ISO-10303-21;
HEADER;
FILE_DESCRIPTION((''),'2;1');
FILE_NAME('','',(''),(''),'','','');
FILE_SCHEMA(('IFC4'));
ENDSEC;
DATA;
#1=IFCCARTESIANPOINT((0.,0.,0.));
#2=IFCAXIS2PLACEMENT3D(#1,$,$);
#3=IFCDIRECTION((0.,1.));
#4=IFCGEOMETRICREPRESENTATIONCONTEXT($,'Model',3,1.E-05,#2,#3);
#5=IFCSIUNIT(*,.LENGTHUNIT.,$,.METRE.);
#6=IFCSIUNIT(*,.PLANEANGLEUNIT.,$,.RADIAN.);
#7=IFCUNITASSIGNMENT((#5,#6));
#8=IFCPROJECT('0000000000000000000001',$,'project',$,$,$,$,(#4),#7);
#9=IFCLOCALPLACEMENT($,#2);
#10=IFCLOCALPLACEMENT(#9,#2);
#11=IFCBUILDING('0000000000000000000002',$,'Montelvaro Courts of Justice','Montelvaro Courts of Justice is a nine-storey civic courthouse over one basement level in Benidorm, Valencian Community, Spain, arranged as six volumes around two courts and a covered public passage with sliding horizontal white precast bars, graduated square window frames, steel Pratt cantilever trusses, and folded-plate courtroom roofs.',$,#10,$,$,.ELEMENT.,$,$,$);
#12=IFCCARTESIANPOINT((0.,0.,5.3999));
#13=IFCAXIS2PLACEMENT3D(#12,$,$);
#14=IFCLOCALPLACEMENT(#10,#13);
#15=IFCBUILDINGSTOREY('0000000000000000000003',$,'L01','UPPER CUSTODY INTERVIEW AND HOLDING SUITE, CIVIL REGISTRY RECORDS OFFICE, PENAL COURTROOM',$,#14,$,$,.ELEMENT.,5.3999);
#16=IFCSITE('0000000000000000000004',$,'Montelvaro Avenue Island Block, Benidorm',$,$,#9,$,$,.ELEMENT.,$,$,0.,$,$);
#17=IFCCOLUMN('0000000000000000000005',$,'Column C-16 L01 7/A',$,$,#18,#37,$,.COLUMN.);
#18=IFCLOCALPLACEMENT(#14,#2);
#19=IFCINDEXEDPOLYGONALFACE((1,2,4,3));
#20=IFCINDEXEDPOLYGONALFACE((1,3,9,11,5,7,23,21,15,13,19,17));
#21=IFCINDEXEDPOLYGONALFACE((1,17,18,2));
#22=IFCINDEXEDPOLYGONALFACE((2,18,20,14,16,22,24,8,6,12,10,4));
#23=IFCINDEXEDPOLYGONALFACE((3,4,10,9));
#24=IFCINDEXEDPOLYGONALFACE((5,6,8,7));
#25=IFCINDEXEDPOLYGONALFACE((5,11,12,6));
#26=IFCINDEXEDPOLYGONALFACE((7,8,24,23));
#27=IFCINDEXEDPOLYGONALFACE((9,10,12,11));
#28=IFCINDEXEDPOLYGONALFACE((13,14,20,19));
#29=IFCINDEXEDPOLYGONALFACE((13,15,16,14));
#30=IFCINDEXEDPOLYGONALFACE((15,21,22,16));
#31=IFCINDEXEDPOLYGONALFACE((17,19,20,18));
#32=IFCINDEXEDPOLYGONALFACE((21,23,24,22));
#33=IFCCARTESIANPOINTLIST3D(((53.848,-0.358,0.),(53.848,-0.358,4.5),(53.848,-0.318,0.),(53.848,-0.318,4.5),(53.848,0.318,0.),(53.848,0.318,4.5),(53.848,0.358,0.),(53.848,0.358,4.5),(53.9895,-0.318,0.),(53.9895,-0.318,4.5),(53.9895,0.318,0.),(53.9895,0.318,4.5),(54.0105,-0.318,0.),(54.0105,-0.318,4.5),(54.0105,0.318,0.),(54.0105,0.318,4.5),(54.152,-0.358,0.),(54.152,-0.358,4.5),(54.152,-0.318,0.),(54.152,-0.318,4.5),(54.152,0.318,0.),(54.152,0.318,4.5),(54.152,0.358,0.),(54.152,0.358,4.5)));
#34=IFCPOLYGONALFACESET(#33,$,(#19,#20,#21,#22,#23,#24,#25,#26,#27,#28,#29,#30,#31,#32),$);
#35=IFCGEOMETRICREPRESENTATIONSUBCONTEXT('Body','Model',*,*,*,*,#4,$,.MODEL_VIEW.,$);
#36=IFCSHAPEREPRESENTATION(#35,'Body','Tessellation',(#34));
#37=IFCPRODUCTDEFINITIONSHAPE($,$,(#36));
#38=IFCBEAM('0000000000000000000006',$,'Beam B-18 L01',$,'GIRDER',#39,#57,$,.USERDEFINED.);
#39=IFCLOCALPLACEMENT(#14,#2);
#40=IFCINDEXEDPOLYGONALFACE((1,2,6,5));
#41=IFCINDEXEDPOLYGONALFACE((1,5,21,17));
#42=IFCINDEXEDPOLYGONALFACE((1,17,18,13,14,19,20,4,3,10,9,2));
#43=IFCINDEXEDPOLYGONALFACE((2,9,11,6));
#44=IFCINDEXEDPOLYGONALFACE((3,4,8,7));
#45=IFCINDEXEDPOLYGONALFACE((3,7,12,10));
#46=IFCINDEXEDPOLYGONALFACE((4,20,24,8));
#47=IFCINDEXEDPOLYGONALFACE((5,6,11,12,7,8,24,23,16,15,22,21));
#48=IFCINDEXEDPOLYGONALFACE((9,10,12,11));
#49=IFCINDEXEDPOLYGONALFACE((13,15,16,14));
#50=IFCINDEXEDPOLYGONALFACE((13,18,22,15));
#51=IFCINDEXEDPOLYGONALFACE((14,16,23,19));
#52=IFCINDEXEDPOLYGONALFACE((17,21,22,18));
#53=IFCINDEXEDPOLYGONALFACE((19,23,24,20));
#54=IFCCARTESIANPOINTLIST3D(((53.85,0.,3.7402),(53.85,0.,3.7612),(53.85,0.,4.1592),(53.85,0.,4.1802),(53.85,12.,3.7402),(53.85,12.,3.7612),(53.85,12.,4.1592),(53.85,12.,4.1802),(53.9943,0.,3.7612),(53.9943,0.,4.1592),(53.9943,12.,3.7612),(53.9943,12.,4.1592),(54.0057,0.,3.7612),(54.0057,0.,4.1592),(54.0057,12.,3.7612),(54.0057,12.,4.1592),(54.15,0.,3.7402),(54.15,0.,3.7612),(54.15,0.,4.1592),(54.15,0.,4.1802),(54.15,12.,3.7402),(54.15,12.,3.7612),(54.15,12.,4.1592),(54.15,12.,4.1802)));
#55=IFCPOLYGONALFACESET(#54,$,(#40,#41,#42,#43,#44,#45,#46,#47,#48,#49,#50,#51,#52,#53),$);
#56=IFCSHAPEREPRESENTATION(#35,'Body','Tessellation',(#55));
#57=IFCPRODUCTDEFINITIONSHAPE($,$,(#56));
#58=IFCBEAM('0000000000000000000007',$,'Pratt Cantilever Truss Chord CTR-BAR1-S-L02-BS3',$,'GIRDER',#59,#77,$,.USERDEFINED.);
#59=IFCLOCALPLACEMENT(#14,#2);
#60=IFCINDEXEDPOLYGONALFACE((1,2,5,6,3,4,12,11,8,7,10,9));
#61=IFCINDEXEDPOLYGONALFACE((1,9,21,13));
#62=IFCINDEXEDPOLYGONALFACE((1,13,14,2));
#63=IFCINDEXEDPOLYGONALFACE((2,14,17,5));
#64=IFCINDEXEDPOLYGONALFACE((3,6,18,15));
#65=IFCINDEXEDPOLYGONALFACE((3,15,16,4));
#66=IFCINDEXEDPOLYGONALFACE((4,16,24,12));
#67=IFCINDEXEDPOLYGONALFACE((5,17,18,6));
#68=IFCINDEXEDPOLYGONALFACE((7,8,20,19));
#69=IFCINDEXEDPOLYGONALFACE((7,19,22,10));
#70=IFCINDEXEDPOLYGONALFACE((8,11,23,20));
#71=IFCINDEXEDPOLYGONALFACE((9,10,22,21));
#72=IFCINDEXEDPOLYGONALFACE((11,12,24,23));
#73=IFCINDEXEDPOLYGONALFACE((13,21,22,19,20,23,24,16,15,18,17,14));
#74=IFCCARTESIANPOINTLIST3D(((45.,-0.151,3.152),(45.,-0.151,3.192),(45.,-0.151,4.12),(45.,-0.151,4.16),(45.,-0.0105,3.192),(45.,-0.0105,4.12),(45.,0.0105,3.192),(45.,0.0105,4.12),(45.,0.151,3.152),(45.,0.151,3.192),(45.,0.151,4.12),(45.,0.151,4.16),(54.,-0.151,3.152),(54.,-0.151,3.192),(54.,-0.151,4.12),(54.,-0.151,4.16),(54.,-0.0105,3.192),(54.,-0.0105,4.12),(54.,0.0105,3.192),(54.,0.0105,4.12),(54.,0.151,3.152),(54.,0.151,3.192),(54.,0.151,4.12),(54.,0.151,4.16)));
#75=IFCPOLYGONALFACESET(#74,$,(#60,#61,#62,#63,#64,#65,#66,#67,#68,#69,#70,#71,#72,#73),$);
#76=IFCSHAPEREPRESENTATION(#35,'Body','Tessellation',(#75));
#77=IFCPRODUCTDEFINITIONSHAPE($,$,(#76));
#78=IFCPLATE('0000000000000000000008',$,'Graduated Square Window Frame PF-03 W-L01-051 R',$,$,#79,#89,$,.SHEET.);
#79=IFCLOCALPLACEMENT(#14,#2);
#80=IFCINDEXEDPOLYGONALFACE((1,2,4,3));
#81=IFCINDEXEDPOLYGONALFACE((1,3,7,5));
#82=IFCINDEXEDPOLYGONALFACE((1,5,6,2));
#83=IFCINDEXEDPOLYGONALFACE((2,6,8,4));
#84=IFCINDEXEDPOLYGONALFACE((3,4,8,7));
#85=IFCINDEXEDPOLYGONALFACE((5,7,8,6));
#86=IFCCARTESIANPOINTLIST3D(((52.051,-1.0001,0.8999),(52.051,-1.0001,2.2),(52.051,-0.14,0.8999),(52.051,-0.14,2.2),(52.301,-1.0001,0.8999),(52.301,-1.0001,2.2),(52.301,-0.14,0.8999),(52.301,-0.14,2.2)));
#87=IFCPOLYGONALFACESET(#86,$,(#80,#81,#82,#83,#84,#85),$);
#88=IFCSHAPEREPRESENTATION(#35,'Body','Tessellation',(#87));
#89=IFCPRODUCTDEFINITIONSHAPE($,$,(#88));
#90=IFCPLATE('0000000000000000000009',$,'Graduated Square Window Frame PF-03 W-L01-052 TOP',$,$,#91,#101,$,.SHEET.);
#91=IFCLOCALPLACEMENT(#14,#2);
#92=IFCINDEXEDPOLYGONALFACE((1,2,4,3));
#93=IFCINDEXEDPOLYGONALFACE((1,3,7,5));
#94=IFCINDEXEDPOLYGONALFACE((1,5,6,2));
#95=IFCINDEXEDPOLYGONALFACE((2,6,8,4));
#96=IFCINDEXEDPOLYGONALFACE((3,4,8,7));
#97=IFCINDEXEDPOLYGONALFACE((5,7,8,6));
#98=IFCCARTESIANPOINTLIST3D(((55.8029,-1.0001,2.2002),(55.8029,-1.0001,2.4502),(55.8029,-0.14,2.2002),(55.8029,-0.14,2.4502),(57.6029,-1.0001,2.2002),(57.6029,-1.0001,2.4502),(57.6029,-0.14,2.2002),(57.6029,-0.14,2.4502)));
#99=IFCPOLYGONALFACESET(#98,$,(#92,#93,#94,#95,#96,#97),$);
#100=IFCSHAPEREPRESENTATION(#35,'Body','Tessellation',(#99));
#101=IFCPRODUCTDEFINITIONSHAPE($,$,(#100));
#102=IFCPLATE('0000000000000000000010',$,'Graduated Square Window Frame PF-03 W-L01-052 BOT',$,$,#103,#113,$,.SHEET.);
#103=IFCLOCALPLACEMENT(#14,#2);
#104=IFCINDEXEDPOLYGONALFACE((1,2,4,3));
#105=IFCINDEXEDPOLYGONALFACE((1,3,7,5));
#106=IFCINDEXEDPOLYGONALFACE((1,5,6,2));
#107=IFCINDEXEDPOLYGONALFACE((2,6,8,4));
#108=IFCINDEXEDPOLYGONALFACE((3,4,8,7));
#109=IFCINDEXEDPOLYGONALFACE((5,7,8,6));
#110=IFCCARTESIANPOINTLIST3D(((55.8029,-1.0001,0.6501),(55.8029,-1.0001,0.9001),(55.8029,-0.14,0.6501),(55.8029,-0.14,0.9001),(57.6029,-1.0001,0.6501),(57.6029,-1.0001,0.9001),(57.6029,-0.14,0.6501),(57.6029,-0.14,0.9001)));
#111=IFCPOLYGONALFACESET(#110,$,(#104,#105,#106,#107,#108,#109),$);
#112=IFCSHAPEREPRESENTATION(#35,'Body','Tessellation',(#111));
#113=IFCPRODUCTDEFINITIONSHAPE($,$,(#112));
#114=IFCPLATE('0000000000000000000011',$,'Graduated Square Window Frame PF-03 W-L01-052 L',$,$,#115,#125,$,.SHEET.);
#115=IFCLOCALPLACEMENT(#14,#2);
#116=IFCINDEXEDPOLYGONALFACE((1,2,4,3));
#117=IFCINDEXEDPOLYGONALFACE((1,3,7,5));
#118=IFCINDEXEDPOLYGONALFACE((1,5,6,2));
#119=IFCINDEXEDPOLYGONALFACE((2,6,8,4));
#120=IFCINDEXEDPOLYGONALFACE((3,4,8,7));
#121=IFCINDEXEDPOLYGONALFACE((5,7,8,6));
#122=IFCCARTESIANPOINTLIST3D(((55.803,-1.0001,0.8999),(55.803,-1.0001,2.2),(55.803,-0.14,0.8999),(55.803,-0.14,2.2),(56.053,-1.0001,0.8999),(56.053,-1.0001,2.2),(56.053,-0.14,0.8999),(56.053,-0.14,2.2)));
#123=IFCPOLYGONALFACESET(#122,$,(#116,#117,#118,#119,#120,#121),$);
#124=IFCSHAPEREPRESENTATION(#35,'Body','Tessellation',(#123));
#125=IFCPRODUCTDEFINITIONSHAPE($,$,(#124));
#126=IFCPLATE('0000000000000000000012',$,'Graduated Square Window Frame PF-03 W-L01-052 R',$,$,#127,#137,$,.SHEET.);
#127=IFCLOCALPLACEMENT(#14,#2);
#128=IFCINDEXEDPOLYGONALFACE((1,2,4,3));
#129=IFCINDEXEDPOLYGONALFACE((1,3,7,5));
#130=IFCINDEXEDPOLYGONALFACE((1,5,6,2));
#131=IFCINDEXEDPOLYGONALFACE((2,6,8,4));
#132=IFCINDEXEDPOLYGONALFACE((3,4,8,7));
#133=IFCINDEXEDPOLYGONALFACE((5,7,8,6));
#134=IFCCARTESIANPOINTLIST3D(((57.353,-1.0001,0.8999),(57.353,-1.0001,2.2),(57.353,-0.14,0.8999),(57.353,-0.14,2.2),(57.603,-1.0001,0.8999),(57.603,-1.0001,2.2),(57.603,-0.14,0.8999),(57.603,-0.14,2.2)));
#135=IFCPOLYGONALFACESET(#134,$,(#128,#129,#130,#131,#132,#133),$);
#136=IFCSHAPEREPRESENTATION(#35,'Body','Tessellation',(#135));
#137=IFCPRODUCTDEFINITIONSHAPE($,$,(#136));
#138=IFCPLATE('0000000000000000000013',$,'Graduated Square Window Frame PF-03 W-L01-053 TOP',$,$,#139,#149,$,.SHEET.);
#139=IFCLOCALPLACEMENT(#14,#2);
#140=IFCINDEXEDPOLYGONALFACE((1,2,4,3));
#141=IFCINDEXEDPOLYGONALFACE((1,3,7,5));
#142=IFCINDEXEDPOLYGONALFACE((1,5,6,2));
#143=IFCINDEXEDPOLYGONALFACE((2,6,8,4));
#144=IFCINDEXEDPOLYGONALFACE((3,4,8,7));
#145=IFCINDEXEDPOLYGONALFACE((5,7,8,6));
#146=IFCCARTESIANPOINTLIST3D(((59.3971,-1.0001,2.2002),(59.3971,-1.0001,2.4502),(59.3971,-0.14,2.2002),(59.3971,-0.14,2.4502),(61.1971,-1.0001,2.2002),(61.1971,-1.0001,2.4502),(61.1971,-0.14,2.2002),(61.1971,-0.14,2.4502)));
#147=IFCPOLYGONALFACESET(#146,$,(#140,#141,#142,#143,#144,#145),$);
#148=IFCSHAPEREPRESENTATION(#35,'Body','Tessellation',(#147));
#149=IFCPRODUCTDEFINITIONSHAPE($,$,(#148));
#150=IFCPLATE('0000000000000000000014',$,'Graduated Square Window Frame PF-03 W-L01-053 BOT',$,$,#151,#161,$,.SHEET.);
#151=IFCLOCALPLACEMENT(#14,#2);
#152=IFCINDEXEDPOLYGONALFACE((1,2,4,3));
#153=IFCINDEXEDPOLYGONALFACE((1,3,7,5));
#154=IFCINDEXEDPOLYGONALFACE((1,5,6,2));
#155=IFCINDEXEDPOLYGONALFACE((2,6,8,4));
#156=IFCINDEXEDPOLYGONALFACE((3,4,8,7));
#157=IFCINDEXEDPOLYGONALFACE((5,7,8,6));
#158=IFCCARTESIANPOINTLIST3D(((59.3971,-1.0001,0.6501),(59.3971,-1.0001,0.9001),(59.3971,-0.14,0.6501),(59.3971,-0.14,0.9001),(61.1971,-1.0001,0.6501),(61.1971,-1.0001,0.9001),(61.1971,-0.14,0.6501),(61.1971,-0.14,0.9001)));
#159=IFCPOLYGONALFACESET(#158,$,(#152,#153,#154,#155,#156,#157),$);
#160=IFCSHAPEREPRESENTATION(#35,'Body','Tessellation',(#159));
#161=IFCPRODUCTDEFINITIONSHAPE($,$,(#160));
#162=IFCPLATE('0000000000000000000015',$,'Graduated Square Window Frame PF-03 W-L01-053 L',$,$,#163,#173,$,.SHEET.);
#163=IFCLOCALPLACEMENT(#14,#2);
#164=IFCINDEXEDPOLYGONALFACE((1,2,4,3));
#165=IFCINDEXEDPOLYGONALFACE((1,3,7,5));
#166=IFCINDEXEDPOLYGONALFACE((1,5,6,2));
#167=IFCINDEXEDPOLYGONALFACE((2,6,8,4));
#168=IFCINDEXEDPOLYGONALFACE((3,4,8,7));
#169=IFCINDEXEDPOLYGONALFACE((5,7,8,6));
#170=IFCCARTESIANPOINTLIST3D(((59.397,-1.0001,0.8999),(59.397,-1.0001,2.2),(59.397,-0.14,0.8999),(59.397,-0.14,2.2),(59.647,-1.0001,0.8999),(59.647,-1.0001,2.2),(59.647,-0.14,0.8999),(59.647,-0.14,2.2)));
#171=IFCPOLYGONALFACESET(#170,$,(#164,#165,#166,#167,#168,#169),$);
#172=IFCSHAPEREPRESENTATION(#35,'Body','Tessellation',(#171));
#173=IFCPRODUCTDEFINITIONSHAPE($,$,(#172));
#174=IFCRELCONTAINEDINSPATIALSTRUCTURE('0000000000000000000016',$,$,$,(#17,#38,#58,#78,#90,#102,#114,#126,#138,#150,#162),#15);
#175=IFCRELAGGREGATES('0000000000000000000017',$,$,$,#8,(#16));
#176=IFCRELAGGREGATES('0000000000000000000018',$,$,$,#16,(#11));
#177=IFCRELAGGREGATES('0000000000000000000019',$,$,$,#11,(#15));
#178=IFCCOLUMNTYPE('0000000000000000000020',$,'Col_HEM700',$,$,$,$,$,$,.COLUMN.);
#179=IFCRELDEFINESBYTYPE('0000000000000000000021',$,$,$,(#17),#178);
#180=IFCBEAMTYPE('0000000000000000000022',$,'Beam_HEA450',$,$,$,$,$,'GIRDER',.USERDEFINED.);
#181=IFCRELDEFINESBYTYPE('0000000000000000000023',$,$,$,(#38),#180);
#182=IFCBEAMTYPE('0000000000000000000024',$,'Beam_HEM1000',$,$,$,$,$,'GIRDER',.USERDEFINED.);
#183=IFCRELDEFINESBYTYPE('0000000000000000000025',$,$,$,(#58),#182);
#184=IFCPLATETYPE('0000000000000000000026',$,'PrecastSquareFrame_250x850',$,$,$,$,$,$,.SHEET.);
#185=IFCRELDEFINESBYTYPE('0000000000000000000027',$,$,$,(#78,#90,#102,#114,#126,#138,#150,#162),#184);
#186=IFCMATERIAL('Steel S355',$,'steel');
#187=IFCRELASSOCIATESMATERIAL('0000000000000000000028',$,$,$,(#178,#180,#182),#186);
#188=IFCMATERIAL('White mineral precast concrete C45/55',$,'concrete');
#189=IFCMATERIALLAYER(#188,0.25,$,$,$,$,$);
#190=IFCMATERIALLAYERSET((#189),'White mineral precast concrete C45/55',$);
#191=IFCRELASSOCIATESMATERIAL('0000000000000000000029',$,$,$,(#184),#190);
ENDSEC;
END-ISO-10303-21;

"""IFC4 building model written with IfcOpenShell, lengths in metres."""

from ifc_helpers import new_model, si_unit, direction, frame, origin, origin_2d, place, context, subcontext, project, spatial, rectangle, i_section, extrude, material, layer, layer_set, material_profile, profile_set, type_object, element, save


model = new_model("IFC4")

# Units and contexts
model_context = context("Model", 3, precision=1e-05, world=origin(), true_north=direction((0.0, 1.0)))
body_context = subcontext(model_context, "Body", "Model", "MODEL_VIEW")
ifc_project = project(units=[si_unit("LENGTHUNIT", "METRE"), si_unit("PLANEANGLEUNIT", "RADIAN")], contexts=[model_context])

# Site, building, storey
site_placement = place(None, origin())
site = spatial("IfcSite", under=ifc_project, at=site_placement, Name="Montelvaro Avenue Island Block, Benidorm", CompositionType="ELEMENT", RefElevation=0.0)
building_placement = place(site_placement, origin())
building = spatial("IfcBuilding", under=site, at=building_placement, Name="Montelvaro Courts of Justice", Description="Montelvaro Courts of Justice is a nine-storey civic courthouse over one basement level in Benidorm, Valencian Community, Spain, arranged as six volumes around two courts and a covered public passage with sliding horizontal white precast bars, graduated square window frames, steel Pratt cantilever trusses, and folded-plate courtroom roofs.", CompositionType="ELEMENT")
storey_placement = place(building_placement, frame((0.0, 0.0, 5.3999)))
storey = spatial("IfcBuildingStorey", under=building, at=storey_placement, Name="L01", Description="UPPER CUSTODY INTERVIEW AND HOLDING SUITE, CIVIL REGISTRY RECORDS OFFICE, PENAL COURTROOM", CompositionType="ELEMENT", Elevation=5.3999)

# Column
ifc_material_1 = material(Name="Steel S355", Category="steel")
ifc_material_profile_1 = material_profile(ifc_material_1, i_section(OverallWidth=0.304, OverallDepth=0.7161, WebThickness=0.021, FlangeThickness=0.04, at=origin_2d()), Name="HEM 700")
ifc_profile_set_1 = profile_set([ifc_material_profile_1], Name="Steel S355")
column_type = type_object("IfcColumnType", Name="Col_HEM700", PredefinedType="COLUMN", material=ifc_profile_set_1)
column_placement = place(storey_placement, frame((54.0, 0.0, 0.0), z_axis=(0.0, 0.0, 1.0), x_axis=(1.0, 0.0, 0.0)))
element("IfcColumn", 1, at=column_placement, inside=storey, type_object=column_type, Name="Column C-16 L01 7/A", PredefinedType="COLUMN", context=body_context, shape_type="SweptSolid", body=[
    extrude(i_section(OverallWidth=0.304, OverallDepth=0.7161, WebThickness=0.021, FlangeThickness=0.04, at=origin_2d()), origin(), (0.0, 0.0, 1.0), 4.5),
])

# Beams
ifc_material_profile_2 = material_profile(ifc_material_1, i_section(OverallWidth=0.3, OverallDepth=0.4399, WebThickness=0.0115, FlangeThickness=0.021, at=origin_2d()), Name="HEA 450")
ifc_profile_set_2 = profile_set([ifc_material_profile_2], Name="Steel S355")
beam_type_1 = type_object("IfcBeamType", Name="Beam_HEA450", ElementType="GIRDER", PredefinedType="USERDEFINED", material=ifc_profile_set_2)
beam_1_placement = place(storey_placement, frame((54.0, 0.0, 3.9602), z_axis=(0.0, 1.0, 0.0), x_axis=(-1.0, 0.0, 0.0)))
element("IfcBeam", 2, at=beam_1_placement, inside=storey, type_object=beam_type_1, Name="Beam B-18 L01", ObjectType="GIRDER", PredefinedType="USERDEFINED", context=body_context, shape_type="SweptSolid", body=[
    extrude(i_section(OverallWidth=0.3, OverallDepth=0.4399, WebThickness=0.0115, FlangeThickness=0.021, at=origin_2d()), origin(), (0.0, 0.0, 1.0), 12.0),
])
ifc_material_profile_3 = material_profile(ifc_material_1, i_section(OverallWidth=0.302, OverallDepth=1.0081, WebThickness=0.021, FlangeThickness=0.04, at=origin_2d()), Name="HEM 1000")
ifc_profile_set_3 = profile_set([ifc_material_profile_3], Name="Steel S355")
beam_type_2 = type_object("IfcBeamType", Name="Beam_HEM1000", ElementType="GIRDER", PredefinedType="USERDEFINED", material=ifc_profile_set_3)
beam_2_placement = place(storey_placement, frame((54.0, 0.0, 3.656), z_axis=(-1.0, 0.0, 0.0), x_axis=(0.0, -1.0, 0.0)))
element("IfcBeam", 3, at=beam_2_placement, inside=storey, type_object=beam_type_2, Name="Pratt Cantilever Truss Chord CTR-BAR1-S-L02-BS3", ObjectType="GIRDER", PredefinedType="USERDEFINED", context=body_context, shape_type="SweptSolid", body=[
    extrude(i_section(OverallWidth=0.302, OverallDepth=1.0081, WebThickness=0.021, FlangeThickness=0.04, at=origin_2d()), origin(), (0.0, 0.0, 1.0), 9.0),
])

# Plates
ifc_material_2 = material(Name="White mineral precast concrete C45/55", Category="concrete")
ifc_layer_1 = layer(ifc_material_2, 0.25)
ifc_layer_set_1 = layer_set([ifc_layer_1], Name="White mineral precast concrete C45/55")
plate_type = type_object("IfcPlateType", Name="PrecastSquareFrame_250x850", PredefinedType="SHEET", material=ifc_layer_set_1)
plate_1_placement = place(storey_placement, frame((52.176, -0.5701, 0.8999), z_axis=(0.0, 0.0, 1.0), x_axis=(1.0, 0.0, 0.0)))
element("IfcPlate", 4, at=plate_1_placement, inside=storey, type_object=plate_type, Name="Graduated Square Window Frame PF-03 W-L01-051 R", PredefinedType="SHEET", context=body_context, shape_type="SweptSolid", body=[
    extrude(rectangle(XDim=0.25, YDim=0.8601, at=origin_2d()), origin(), (0.0, 0.0, 1.0), 1.3),
])
for number, where, z_axis, x_axis, name in (
    (5, (56.7029, -0.5701, 2.2002), (0.0, 0.0, 1.0), (1.0, 0.0, 0.0), "Graduated Square Window Frame PF-03 W-L01-052 TOP"),
    (6, (56.7029, -0.5701, 0.6501), (0.0, 0.0, 1.0), (1.0, 0.0, 0.0), "Graduated Square Window Frame PF-03 W-L01-052 BOT"),
):
    element("IfcPlate", number, at=place(storey_placement, frame(where, z_axis=z_axis, x_axis=x_axis)), inside=storey, type_object=plate_type, Name=name, PredefinedType="SHEET", context=body_context, shape_type="SweptSolid", body=[
        extrude(rectangle(XDim=1.8, YDim=0.8601, at=origin_2d()), origin(), (0.0, 0.0, 1.0), 0.25),
    ])
for number, where, z_axis, x_axis, name in (
    (7, (55.928, -0.5701, 0.8999), (0.0, 0.0, 1.0), (1.0, 0.0, 0.0), "Graduated Square Window Frame PF-03 W-L01-052 L"),
    (8, (57.478, -0.5701, 0.8999), (0.0, 0.0, 1.0), (1.0, 0.0, 0.0), "Graduated Square Window Frame PF-03 W-L01-052 R"),
):
    element("IfcPlate", number, at=place(storey_placement, frame(where, z_axis=z_axis, x_axis=x_axis)), inside=storey, type_object=plate_type, Name=name, PredefinedType="SHEET", context=body_context, shape_type="SweptSolid", body=[
        extrude(rectangle(XDim=0.25, YDim=0.8601, at=origin_2d()), origin(), (0.0, 0.0, 1.0), 1.3),
    ])
for number, where, z_axis, x_axis, name in (
    (9, (60.2971, -0.5701, 2.2002), (0.0, 0.0, 1.0), (1.0, 0.0, 0.0), "Graduated Square Window Frame PF-03 W-L01-053 TOP"),
    (10, (60.2971, -0.5701, 0.6501), (0.0, 0.0, 1.0), (1.0, 0.0, 0.0), "Graduated Square Window Frame PF-03 W-L01-053 BOT"),
):
    element("IfcPlate", number, at=place(storey_placement, frame(where, z_axis=z_axis, x_axis=x_axis)), inside=storey, type_object=plate_type, Name=name, PredefinedType="SHEET", context=body_context, shape_type="SweptSolid", body=[
        extrude(rectangle(XDim=1.8, YDim=0.8601, at=origin_2d()), origin(), (0.0, 0.0, 1.0), 0.25),
    ])
plate_2_placement = place(storey_placement, frame((59.522, -0.5701, 0.8999), z_axis=(0.0, 0.0, 1.0), x_axis=(1.0, 0.0, 0.0)))
element("IfcPlate", 11, at=plate_2_placement, inside=storey, type_object=plate_type, Name="Graduated Square Window Frame PF-03 W-L01-053 L", PredefinedType="SHEET", context=body_context, shape_type="SweptSolid", body=[
    extrude(rectangle(XDim=0.25, YDim=0.8601, at=origin_2d()), origin(), (0.0, 0.0, 1.0), 1.3),
])

save(model, "model.ifc")
